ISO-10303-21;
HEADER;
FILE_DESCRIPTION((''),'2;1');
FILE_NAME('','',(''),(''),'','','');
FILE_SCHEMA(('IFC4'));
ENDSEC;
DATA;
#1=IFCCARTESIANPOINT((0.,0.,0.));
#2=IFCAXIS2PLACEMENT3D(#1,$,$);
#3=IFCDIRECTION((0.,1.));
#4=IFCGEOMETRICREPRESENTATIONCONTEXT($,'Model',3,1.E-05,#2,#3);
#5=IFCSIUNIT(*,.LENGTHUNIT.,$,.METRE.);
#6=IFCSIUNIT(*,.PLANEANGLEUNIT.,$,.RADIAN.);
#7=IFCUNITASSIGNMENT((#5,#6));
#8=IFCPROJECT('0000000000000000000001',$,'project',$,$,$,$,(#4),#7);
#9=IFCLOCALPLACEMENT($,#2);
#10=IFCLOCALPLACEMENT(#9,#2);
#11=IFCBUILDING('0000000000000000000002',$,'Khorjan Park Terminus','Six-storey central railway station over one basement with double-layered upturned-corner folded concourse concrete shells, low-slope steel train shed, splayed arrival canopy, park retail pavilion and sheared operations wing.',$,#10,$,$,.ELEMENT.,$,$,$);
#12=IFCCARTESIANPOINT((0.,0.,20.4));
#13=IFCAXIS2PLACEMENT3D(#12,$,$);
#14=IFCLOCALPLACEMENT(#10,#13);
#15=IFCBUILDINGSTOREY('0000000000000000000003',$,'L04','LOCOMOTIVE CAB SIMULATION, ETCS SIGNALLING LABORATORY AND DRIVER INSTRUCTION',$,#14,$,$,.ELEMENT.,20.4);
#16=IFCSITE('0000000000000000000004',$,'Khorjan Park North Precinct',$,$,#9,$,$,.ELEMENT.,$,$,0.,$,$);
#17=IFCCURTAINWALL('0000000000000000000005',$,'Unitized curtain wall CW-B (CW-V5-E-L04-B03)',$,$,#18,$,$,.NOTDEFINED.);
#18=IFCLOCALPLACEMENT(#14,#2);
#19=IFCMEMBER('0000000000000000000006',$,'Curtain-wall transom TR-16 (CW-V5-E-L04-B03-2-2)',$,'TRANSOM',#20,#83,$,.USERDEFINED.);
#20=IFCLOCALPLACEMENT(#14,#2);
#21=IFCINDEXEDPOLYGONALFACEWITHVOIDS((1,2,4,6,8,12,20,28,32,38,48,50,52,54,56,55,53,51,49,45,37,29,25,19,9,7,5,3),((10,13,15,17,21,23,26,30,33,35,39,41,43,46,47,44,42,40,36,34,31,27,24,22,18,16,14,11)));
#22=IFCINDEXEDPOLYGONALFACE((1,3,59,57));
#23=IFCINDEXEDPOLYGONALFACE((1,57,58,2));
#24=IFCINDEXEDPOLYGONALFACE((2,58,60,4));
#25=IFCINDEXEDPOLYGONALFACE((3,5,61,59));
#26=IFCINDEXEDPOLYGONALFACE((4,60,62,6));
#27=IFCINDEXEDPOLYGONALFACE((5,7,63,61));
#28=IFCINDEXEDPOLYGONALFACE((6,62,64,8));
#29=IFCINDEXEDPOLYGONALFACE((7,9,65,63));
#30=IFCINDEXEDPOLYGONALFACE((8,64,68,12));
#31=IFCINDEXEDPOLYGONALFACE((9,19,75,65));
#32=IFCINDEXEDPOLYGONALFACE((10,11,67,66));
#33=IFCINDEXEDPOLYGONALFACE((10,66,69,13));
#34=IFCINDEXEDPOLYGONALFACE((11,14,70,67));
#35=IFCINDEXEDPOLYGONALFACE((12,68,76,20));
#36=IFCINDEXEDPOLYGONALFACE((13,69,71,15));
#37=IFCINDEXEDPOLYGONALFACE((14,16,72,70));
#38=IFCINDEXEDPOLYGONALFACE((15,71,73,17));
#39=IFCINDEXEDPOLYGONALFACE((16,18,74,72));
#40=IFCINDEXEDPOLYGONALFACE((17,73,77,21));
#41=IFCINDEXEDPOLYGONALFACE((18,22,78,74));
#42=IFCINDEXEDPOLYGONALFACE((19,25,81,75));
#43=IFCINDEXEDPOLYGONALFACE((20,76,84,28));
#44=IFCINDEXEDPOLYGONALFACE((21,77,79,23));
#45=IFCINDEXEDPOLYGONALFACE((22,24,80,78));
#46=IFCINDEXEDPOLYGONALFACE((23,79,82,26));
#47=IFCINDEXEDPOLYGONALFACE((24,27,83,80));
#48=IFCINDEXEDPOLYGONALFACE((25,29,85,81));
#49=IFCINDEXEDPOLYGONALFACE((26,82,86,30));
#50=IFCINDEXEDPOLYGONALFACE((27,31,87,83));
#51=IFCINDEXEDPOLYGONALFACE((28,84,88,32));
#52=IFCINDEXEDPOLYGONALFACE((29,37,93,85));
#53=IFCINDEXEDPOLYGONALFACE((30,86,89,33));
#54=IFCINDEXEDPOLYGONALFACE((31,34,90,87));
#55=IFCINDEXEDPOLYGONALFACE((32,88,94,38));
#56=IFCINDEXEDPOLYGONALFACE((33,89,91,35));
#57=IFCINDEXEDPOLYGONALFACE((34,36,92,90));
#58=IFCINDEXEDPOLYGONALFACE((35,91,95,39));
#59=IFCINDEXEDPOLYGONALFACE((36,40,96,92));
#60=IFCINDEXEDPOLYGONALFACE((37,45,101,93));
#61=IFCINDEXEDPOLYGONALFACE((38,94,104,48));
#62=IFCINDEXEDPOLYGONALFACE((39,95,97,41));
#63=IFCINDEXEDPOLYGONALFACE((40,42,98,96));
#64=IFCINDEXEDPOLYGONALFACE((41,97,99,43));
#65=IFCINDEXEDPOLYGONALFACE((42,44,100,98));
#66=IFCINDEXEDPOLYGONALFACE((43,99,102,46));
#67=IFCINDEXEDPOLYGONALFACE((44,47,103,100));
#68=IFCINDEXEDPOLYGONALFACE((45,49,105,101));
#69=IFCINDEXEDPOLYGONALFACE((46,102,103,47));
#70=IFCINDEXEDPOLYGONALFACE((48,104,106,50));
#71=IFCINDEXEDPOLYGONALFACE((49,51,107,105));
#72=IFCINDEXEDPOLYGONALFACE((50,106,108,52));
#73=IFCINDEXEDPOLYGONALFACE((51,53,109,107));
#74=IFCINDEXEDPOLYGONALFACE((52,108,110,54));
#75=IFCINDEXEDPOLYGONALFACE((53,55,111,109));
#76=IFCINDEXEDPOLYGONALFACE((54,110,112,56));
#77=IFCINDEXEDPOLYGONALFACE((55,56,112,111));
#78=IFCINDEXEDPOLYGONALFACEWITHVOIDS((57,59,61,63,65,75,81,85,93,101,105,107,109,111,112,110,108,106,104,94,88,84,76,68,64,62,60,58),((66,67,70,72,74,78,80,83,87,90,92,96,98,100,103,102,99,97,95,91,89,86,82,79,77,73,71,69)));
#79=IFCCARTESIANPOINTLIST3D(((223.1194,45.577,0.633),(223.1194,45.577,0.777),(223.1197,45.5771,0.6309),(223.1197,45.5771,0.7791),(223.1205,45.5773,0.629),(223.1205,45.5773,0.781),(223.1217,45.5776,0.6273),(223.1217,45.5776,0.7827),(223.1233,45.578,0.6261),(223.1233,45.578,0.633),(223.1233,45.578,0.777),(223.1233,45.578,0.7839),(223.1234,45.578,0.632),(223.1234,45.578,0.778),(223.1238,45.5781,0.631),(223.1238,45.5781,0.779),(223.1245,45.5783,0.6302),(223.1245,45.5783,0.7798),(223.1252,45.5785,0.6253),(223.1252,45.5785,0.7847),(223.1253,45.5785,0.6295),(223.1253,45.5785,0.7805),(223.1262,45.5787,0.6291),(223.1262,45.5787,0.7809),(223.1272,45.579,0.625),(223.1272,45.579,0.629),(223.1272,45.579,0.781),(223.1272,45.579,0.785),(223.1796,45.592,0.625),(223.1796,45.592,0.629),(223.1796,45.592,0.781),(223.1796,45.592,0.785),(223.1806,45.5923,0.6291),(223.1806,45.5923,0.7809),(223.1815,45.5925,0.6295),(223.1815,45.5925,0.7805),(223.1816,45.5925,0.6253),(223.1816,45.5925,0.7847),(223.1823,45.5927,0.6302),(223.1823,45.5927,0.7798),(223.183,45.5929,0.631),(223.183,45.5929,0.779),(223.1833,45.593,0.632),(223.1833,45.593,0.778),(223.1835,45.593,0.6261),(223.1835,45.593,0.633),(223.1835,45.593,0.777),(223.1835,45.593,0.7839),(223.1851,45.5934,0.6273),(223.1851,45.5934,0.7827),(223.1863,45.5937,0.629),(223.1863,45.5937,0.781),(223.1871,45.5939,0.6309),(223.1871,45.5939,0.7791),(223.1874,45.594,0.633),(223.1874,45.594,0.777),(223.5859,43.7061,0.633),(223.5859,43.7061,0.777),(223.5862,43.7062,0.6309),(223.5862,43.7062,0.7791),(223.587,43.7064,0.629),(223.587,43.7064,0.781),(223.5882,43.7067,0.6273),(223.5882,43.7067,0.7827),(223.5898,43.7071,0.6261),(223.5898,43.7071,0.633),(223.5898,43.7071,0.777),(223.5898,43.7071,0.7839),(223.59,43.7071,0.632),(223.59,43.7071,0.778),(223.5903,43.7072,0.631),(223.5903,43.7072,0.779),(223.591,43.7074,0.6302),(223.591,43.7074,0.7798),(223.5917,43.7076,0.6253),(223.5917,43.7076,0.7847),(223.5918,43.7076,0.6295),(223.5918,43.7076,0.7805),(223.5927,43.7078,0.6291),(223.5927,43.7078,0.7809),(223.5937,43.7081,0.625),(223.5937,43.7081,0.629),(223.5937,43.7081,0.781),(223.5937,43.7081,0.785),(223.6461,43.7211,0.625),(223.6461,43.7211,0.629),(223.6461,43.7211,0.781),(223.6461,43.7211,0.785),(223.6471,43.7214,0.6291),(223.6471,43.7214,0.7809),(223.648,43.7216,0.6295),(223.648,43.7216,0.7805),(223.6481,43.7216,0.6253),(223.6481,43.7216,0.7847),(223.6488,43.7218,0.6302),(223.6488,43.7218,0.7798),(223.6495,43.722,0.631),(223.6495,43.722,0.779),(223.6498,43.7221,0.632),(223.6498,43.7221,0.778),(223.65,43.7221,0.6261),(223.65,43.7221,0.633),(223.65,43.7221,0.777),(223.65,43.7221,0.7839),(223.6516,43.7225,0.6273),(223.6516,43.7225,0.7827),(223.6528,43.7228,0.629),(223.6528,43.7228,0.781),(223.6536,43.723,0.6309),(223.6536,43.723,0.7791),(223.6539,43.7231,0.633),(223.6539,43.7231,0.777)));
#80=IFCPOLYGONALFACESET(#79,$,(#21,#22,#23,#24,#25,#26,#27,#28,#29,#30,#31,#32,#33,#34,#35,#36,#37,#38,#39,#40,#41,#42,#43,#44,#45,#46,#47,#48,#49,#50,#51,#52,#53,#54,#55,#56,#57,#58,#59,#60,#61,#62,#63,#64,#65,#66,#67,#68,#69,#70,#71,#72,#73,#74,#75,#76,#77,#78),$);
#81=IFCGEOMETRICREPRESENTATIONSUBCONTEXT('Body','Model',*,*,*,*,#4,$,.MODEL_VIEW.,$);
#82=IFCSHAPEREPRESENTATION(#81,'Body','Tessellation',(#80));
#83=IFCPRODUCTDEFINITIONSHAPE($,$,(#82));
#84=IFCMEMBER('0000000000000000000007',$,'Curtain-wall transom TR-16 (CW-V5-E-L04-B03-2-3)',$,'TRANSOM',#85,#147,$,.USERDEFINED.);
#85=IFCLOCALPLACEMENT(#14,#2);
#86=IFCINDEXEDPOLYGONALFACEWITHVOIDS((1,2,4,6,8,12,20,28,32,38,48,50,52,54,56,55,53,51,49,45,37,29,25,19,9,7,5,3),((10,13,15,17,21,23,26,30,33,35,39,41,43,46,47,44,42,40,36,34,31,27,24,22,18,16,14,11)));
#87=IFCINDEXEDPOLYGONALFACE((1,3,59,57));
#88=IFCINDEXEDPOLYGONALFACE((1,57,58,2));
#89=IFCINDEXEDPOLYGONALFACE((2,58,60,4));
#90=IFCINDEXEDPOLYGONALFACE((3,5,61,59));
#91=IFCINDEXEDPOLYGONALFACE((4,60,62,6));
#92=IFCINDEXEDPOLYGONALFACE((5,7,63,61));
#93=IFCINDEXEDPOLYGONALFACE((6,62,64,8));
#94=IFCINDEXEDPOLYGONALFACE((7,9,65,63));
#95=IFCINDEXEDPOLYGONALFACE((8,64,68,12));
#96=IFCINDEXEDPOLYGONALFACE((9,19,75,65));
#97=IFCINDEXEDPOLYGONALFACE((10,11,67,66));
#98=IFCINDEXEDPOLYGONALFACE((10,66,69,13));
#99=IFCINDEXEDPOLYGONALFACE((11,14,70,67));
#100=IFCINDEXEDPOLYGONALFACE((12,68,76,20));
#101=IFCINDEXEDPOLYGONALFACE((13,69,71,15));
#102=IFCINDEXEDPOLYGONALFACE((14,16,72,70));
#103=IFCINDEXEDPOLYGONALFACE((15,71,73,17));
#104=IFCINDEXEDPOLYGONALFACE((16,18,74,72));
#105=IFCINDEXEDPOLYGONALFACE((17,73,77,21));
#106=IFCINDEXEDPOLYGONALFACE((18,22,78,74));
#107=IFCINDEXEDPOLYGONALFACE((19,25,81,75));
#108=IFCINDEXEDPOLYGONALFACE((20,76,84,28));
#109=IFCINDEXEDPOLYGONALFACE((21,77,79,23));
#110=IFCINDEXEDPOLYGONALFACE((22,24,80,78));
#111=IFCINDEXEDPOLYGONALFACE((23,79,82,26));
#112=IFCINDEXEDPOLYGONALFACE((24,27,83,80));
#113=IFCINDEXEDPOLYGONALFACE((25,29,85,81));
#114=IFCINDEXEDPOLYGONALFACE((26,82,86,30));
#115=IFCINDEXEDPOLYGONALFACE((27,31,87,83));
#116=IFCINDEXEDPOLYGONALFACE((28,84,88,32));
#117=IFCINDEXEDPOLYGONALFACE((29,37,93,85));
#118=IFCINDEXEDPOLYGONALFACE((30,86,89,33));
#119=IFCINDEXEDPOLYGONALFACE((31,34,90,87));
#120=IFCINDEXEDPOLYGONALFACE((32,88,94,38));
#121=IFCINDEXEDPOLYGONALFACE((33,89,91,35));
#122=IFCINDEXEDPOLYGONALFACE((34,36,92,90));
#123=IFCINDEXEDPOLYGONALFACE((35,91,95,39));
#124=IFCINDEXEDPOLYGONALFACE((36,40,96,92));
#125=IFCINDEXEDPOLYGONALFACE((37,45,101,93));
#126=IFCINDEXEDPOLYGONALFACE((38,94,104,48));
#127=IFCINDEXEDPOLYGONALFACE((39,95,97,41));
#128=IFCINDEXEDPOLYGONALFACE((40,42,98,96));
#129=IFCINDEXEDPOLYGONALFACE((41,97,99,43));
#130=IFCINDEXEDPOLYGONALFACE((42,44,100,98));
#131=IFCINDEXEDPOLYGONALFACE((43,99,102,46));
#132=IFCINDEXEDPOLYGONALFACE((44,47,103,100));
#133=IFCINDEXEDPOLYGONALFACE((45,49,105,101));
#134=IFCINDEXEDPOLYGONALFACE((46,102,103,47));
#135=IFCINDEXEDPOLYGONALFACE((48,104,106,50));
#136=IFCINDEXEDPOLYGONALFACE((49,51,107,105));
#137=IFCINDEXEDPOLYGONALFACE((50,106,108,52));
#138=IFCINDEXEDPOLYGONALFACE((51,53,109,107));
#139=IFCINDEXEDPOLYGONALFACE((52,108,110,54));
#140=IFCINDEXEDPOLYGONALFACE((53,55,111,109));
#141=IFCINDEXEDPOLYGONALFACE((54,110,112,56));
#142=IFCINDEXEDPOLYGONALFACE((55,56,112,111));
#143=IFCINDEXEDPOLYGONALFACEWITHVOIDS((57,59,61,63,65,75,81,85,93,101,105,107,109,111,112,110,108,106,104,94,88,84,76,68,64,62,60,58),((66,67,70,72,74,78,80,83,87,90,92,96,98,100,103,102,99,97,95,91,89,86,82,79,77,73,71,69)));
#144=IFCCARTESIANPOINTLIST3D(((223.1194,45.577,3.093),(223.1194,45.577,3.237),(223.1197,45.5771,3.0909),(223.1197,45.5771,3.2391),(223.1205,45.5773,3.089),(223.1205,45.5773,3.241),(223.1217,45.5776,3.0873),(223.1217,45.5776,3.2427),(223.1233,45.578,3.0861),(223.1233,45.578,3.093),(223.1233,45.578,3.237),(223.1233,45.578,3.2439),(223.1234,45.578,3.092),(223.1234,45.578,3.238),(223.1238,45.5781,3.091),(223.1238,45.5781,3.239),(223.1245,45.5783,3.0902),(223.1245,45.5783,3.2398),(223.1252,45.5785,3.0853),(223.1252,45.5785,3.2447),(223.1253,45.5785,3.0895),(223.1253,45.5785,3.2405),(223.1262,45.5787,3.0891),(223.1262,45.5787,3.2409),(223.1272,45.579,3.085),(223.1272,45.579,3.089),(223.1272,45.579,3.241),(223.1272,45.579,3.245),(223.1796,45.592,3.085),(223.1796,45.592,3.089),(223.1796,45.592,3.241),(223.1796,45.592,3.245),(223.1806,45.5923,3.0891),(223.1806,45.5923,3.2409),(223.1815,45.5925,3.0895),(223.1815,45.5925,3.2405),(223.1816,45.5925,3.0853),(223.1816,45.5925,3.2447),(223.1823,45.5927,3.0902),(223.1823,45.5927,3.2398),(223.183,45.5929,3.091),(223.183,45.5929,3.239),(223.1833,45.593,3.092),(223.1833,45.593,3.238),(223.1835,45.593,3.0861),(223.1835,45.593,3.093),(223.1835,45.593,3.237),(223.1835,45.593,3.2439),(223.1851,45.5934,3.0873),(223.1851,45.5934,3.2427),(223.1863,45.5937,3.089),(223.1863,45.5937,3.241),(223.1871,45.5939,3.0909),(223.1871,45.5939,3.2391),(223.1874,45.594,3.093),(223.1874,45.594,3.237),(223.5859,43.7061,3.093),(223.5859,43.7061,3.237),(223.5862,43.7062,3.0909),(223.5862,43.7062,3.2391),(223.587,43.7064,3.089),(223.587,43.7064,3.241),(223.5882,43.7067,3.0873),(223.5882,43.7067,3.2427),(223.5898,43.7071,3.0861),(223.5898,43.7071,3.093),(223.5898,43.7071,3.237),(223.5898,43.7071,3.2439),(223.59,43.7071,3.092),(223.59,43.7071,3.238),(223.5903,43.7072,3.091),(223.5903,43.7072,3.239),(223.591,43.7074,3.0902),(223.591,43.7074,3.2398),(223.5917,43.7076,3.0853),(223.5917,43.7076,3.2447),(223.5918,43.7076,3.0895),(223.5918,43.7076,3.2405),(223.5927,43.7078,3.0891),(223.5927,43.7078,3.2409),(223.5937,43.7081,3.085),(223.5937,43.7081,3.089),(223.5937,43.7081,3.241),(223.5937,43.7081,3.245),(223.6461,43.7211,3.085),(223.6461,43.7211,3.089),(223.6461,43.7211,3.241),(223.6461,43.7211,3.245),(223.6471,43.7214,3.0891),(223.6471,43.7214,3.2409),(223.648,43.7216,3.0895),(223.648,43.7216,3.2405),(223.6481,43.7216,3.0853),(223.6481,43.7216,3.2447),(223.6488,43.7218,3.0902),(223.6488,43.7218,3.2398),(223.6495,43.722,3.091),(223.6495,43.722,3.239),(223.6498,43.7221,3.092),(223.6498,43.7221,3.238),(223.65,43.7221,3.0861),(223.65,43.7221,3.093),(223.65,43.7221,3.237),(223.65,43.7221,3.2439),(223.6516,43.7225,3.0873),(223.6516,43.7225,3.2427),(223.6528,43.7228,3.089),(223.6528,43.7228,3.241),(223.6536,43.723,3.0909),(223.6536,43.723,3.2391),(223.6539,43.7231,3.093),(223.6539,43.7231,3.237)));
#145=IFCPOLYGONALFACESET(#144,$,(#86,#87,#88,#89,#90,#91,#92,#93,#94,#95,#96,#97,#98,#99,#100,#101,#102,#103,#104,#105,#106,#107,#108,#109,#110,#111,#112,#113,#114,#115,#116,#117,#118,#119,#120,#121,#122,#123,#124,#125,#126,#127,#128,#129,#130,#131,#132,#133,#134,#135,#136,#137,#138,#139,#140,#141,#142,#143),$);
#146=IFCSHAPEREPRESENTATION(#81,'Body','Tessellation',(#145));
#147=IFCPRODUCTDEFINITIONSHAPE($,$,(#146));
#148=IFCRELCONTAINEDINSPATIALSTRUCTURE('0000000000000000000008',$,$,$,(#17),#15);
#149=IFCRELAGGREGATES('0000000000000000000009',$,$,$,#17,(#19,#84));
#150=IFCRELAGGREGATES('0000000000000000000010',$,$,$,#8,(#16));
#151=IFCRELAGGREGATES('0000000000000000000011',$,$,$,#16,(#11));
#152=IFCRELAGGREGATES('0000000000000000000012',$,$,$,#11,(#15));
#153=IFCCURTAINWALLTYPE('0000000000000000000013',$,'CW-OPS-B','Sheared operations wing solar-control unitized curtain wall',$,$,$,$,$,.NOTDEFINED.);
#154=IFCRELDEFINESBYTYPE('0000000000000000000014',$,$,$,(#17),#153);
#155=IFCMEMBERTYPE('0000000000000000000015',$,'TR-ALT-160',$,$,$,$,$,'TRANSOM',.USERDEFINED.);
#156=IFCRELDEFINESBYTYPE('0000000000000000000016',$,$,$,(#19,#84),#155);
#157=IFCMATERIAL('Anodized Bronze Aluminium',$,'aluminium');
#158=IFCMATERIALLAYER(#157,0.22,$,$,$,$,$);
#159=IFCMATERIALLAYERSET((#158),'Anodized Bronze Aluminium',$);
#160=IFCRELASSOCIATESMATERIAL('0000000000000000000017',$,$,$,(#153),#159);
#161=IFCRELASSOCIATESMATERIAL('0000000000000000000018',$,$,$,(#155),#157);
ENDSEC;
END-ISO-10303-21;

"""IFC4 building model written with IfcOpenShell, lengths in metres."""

from ifc_helpers import new_model, si_unit, direction, frame, origin, origin_2d, place, context, subcontext, project, spatial, hollow_rectangle, extrude, material, layer, layer_set, material_profile, profile_set, type_object, element, aggregate, save


model = new_model("IFC4")

# Units and contexts
model_context = context("Model", 3, precision=1e-05, world=origin(), true_north=direction((0.0, 1.0)))
body_context = subcontext(model_context, "Body", "Model", "MODEL_VIEW")
ifc_project = project(units=[si_unit("LENGTHUNIT", "METRE"), si_unit("PLANEANGLEUNIT", "RADIAN")], contexts=[model_context])

# Site, building, storey
site_placement = place(None, origin())
site = spatial("IfcSite", under=ifc_project, at=site_placement, Name="Khorjan Park North Precinct", CompositionType="ELEMENT", RefElevation=0.0)
building_placement = place(site_placement, origin())
building = spatial("IfcBuilding", under=site, at=building_placement, Name="Khorjan Park Terminus", Description="Six-storey central railway station over one basement with double-layered upturned-corner folded concourse concrete shells, low-slope steel train shed, splayed arrival canopy, park retail pavilion and sheared operations wing.", CompositionType="ELEMENT")
storey_placement = place(building_placement, frame((0.0, 0.0, 20.4)))
storey = spatial("IfcBuildingStorey", under=building, at=storey_placement, Name="L04", Description="LOCOMOTIVE CAB SIMULATION, ETCS SIGNALLING LABORATORY AND DRIVER INSTRUCTION", CompositionType="ELEMENT", Elevation=20.4)

# Curtain wall, members
ifc_material_1 = material(Name="Anodized Bronze Aluminium", Category="aluminium")
ifc_layer_1 = layer(ifc_material_1, 0.22)
ifc_layer_set_1 = layer_set([ifc_layer_1], Name="Anodized Bronze Aluminium")
curtain_wall_type = type_object("IfcCurtainWallType", Name="CW-OPS-B", Description="Sheared operations wing solar-control unitized curtain wall", PredefinedType="NOTDEFINED", material=ifc_layer_set_1)
curtain_wall_placement = place(storey_placement, origin())
curtain_wall = element("IfcCurtainWall", 1, at=curtain_wall_placement, inside=storey, type_object=curtain_wall_type, Name="Unitized curtain wall CW-B (CW-V5-E-L04-B03)", PredefinedType="NOTDEFINED")
ifc_material_profile_1 = material_profile(ifc_material_1, hollow_rectangle(XDim=0.07, YDim=0.16, WallThickness=0.004, InnerFilletRadius=0.004, OuterFilletRadius=0.008, at=origin_2d()), Name="ALT 70x160x4")
ifc_profile_set_1 = profile_set([ifc_material_profile_1], Name="Anodized Bronze Aluminium")
member_type_1 = type_object("IfcMemberType", Name="TR-ALT-160", ElementType="TRANSOM", PredefinedType="USERDEFINED", material=ifc_profile_set_1)
member_1_placement = place(storey_placement, frame((223.6199, 43.7146, 0.705), z_axis=(-0.241938, 0.970292, 0.0), x_axis=(-0.970292, -0.241938, 0.0)))
member_1 = element("IfcMember", 2, at=member_1_placement, type_object=member_type_1, Name="Curtain-wall transom TR-16 (CW-V5-E-L04-B03-2-2)", ObjectType="TRANSOM", PredefinedType="USERDEFINED", context=body_context, shape_type="SweptSolid", body=[
    extrude(hollow_rectangle(XDim=0.07, YDim=0.16, WallThickness=0.004, InnerFilletRadius=0.004, OuterFilletRadius=0.008, at=origin_2d()), origin(), (0.0, 0.0, 1.0), 1.9282),
])
member_2_placement = place(storey_placement, frame((223.6199, 43.7146, 3.165), z_axis=(-0.241938, 0.970292, 0.0), x_axis=(-0.970292, -0.241938, 0.0)))
member_2 = element("IfcMember", 3, at=member_2_placement, type_object=member_type_1, Name="Curtain-wall transom TR-16 (CW-V5-E-L04-B03-2-3)", ObjectType="TRANSOM", PredefinedType="USERDEFINED", context=body_context, shape_type="SweptSolid", body=[
    extrude(hollow_rectangle(XDim=0.07, YDim=0.16, WallThickness=0.004, InnerFilletRadius=0.004, OuterFilletRadius=0.008, at=origin_2d()), origin(), (0.0, 0.0, 1.0), 1.9282),
])
aggregate(curtain_wall, [member_1, member_2])

save(model, "model.ifc")
